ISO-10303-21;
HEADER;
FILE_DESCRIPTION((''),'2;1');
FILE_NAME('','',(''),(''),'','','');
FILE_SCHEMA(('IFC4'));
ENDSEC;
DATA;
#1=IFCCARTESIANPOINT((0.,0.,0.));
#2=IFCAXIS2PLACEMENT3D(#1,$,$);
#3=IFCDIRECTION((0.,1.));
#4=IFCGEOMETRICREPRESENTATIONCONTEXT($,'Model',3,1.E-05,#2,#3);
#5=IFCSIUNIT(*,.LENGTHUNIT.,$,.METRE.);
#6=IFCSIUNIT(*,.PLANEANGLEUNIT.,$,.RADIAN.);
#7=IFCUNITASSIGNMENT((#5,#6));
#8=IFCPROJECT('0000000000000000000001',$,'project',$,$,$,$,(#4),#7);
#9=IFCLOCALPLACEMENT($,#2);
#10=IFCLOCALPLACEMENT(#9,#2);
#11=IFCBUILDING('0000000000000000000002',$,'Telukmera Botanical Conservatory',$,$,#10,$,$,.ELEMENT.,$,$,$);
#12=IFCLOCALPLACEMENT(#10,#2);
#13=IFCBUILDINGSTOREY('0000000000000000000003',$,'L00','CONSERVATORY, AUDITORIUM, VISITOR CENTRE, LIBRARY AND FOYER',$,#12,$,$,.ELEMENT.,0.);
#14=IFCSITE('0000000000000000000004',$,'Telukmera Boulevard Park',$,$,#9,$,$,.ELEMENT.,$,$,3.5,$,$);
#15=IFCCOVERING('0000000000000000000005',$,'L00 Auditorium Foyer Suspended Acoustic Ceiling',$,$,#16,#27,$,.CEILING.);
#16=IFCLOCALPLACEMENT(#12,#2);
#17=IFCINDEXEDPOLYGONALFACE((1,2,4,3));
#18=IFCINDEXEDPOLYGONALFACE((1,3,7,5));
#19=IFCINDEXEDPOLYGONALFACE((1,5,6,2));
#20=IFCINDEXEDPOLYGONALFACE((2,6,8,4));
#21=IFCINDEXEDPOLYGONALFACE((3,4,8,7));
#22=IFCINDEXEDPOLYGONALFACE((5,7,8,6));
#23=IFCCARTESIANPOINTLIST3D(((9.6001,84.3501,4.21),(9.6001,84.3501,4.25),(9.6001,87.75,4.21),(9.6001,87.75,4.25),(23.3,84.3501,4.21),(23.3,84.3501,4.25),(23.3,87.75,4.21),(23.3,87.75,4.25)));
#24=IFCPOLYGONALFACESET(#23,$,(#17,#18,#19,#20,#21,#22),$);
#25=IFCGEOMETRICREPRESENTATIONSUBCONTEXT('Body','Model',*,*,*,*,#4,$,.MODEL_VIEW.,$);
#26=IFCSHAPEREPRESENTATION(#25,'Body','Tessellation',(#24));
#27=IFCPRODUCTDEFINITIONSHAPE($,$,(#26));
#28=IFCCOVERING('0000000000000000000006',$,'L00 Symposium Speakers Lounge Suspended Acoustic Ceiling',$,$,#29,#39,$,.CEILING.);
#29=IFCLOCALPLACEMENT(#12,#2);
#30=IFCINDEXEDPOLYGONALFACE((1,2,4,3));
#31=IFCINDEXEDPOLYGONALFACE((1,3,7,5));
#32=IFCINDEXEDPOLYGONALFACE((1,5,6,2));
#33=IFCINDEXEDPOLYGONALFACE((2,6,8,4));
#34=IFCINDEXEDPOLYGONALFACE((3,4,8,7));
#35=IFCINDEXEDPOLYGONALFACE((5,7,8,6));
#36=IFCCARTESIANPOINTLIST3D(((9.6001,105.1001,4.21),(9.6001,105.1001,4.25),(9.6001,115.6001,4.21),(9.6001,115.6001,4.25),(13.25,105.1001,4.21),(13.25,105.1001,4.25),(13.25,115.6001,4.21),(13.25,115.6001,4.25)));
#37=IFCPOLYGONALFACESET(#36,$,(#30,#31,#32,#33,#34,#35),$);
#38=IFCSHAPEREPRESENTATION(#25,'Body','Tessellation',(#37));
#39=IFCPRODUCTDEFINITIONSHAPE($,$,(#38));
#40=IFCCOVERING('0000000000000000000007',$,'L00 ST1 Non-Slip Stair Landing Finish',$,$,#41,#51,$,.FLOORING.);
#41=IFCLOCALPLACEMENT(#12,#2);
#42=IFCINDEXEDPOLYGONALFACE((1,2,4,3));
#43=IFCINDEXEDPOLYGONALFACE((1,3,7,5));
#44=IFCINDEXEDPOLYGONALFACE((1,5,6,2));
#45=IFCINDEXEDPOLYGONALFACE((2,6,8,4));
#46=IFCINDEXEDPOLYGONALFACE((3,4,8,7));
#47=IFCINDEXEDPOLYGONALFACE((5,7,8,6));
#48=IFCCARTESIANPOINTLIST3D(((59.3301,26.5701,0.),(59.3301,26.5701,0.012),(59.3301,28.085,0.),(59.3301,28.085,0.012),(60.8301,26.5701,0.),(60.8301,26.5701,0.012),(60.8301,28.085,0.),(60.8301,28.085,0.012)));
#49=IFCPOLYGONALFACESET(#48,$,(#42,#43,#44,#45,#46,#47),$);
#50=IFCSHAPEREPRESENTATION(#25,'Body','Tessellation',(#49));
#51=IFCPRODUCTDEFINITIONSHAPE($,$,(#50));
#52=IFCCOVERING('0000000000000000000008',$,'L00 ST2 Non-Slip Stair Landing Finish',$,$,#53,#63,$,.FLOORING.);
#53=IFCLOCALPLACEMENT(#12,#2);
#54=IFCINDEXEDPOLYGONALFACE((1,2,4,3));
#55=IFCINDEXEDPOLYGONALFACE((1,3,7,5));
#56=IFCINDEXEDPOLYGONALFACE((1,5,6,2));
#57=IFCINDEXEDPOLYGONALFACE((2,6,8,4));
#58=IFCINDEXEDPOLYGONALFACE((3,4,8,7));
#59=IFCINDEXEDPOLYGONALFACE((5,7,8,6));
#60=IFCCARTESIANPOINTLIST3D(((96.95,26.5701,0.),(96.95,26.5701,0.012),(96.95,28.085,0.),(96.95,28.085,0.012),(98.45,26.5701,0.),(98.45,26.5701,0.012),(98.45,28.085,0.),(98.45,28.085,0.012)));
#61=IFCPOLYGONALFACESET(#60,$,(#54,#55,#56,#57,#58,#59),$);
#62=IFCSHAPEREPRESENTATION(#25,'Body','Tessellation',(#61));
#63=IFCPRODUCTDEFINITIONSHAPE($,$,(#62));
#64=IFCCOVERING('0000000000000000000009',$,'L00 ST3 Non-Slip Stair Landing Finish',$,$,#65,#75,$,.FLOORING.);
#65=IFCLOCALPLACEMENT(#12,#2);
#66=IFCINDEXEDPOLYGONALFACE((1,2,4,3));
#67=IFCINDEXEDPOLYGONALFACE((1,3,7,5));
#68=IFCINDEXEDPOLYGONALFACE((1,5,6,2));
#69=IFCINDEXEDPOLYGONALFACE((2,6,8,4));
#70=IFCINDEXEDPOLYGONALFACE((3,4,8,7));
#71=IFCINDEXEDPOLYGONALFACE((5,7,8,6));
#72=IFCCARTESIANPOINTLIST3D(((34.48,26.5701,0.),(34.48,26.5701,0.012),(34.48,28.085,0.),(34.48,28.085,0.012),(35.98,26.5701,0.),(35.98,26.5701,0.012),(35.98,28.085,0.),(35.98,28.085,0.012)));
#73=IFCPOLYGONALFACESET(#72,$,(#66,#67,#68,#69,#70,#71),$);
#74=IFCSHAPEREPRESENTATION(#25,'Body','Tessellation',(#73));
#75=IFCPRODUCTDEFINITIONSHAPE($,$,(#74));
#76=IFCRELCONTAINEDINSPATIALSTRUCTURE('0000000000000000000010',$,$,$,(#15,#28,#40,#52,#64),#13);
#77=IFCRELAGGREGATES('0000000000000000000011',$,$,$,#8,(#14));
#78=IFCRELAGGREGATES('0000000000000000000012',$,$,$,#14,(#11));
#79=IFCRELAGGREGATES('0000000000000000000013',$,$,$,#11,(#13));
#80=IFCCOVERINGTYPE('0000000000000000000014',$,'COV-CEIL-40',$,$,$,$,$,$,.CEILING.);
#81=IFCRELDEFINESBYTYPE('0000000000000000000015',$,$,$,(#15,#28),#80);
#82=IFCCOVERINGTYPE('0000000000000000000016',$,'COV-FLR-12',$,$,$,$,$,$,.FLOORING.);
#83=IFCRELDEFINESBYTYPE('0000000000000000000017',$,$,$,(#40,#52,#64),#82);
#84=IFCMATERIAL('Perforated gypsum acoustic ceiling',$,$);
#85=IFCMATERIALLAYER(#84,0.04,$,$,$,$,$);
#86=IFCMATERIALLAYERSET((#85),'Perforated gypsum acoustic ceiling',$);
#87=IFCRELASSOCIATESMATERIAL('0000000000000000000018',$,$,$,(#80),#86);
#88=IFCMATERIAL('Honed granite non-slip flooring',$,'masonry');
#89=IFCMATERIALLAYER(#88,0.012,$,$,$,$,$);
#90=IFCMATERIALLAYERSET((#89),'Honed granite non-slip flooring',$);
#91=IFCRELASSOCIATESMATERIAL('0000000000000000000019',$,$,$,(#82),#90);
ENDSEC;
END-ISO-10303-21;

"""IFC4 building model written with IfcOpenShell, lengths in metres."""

from ifc_helpers import new_model, si_unit, direction, frame, origin, place, context, subcontext, project, spatial, polyline, outline, extrude, material, layer, layer_set, type_object, element, save


model = new_model("IFC4")

# Units and contexts
model_context = context("Model", 3, precision=1e-05, world=origin(), true_north=direction((0.0, 1.0)))
body_context = subcontext(model_context, "Body", "Model", "MODEL_VIEW")
ifc_project = project(units=[si_unit("LENGTHUNIT", "METRE"), si_unit("PLANEANGLEUNIT", "RADIAN")], contexts=[model_context])

# Site, building, storey
site_placement = place(None, origin())
site = spatial("IfcSite", under=ifc_project, at=site_placement, Name="Telukmera Boulevard Park", CompositionType="ELEMENT", RefElevation=3.5)
building_placement = place(site_placement, origin())
building = spatial("IfcBuilding", under=site, at=building_placement, Name="Telukmera Botanical Conservatory", CompositionType="ELEMENT")
storey_placement = place(building_placement, origin())
storey = spatial("IfcBuildingStorey", under=building, at=storey_placement, Name="L00", Description="CONSERVATORY, AUDITORIUM, VISITOR CENTRE, LIBRARY AND FOYER", CompositionType="ELEMENT", Elevation=0.0)

# Coverings
ifc_material_1 = material(Name="Perforated gypsum acoustic ceiling")
ifc_layer_1 = layer(ifc_material_1, 0.04)
ifc_layer_set_1 = layer_set([ifc_layer_1], Name="Perforated gypsum acoustic ceiling")
covering_type_1 = type_object("IfcCoveringType", Name="COV-CEIL-40", PredefinedType="CEILING", material=ifc_layer_set_1)
covering_1_placement = place(storey_placement, frame((0.0, 0.0, 4.21)))
element("IfcCovering", 1, at=covering_1_placement, inside=storey, type_object=covering_type_1, Name="L00 Auditorium Foyer Suspended Acoustic Ceiling", PredefinedType="CEILING", context=body_context, shape_type="SweptSolid", body=[
    extrude(outline(polyline([(9.6001, 84.3501), (23.3, 84.3501), (23.3, 87.75), (9.6001, 87.75), (9.6001, 84.3501)])), origin(), (0.0, 0.0, 1.0), 0.04),
])
covering_2_placement = place(storey_placement, frame((0.0, 0.0, 4.21)))
element("IfcCovering", 2, at=covering_2_placement, inside=storey, type_object=covering_type_1, Name="L00 Symposium Speakers Lounge Suspended Acoustic Ceiling", PredefinedType="CEILING", context=body_context, shape_type="SweptSolid", body=[
    extrude(outline(polyline([(9.6001, 105.1001), (13.25, 105.1001), (13.25, 115.6001), (9.6001, 115.6001), (9.6001, 105.1001)])), origin(), (0.0, 0.0, 1.0), 0.04),
])
ifc_material_2 = material(Name="Honed granite non-slip flooring", Category="masonry")
ifc_layer_2 = layer(ifc_material_2, 0.012)
ifc_layer_set_2 = layer_set([ifc_layer_2], Name="Honed granite non-slip flooring")
covering_type_2 = type_object("IfcCoveringType", Name="COV-FLR-12", PredefinedType="FLOORING", material=ifc_layer_set_2)
covering_3_placement = place(storey_placement, origin())
element("IfcCovering", 3, at=covering_3_placement, inside=storey, type_object=covering_type_2, Name="L00 ST1 Non-Slip Stair Landing Finish", PredefinedType="FLOORING", context=body_context, shape_type="SweptSolid", body=[
    extrude(outline(polyline([(60.8301, 26.5701), (60.8301, 28.085), (59.3301, 28.085), (59.3301, 26.5701), (60.8301, 26.5701)])), origin(), (0.0, 0.0, 1.0), 0.012),
])
covering_4_placement = place(storey_placement, origin())
element("IfcCovering", 4, at=covering_4_placement, inside=storey, type_object=covering_type_2, Name="L00 ST2 Non-Slip Stair Landing Finish", PredefinedType="FLOORING", context=body_context, shape_type="SweptSolid", body=[
    extrude(outline(polyline([(98.45, 26.5701), (98.45, 28.085), (96.95, 28.085), (96.95, 26.5701), (98.45, 26.5701)])), origin(), (0.0, 0.0, 1.0), 0.012),
])
covering_5_placement = place(storey_placement, origin())
element("IfcCovering", 5, at=covering_5_placement, inside=storey, type_object=covering_type_2, Name="L00 ST3 Non-Slip Stair Landing Finish", PredefinedType="FLOORING", context=body_context, shape_type="SweptSolid", body=[
    extrude(outline(polyline([(35.98, 26.5701), (35.98, 28.085), (34.48, 28.085), (34.48, 26.5701), (35.98, 26.5701)])), origin(), (0.0, 0.0, 1.0), 0.012),
])

save(model, "model.ifc")
